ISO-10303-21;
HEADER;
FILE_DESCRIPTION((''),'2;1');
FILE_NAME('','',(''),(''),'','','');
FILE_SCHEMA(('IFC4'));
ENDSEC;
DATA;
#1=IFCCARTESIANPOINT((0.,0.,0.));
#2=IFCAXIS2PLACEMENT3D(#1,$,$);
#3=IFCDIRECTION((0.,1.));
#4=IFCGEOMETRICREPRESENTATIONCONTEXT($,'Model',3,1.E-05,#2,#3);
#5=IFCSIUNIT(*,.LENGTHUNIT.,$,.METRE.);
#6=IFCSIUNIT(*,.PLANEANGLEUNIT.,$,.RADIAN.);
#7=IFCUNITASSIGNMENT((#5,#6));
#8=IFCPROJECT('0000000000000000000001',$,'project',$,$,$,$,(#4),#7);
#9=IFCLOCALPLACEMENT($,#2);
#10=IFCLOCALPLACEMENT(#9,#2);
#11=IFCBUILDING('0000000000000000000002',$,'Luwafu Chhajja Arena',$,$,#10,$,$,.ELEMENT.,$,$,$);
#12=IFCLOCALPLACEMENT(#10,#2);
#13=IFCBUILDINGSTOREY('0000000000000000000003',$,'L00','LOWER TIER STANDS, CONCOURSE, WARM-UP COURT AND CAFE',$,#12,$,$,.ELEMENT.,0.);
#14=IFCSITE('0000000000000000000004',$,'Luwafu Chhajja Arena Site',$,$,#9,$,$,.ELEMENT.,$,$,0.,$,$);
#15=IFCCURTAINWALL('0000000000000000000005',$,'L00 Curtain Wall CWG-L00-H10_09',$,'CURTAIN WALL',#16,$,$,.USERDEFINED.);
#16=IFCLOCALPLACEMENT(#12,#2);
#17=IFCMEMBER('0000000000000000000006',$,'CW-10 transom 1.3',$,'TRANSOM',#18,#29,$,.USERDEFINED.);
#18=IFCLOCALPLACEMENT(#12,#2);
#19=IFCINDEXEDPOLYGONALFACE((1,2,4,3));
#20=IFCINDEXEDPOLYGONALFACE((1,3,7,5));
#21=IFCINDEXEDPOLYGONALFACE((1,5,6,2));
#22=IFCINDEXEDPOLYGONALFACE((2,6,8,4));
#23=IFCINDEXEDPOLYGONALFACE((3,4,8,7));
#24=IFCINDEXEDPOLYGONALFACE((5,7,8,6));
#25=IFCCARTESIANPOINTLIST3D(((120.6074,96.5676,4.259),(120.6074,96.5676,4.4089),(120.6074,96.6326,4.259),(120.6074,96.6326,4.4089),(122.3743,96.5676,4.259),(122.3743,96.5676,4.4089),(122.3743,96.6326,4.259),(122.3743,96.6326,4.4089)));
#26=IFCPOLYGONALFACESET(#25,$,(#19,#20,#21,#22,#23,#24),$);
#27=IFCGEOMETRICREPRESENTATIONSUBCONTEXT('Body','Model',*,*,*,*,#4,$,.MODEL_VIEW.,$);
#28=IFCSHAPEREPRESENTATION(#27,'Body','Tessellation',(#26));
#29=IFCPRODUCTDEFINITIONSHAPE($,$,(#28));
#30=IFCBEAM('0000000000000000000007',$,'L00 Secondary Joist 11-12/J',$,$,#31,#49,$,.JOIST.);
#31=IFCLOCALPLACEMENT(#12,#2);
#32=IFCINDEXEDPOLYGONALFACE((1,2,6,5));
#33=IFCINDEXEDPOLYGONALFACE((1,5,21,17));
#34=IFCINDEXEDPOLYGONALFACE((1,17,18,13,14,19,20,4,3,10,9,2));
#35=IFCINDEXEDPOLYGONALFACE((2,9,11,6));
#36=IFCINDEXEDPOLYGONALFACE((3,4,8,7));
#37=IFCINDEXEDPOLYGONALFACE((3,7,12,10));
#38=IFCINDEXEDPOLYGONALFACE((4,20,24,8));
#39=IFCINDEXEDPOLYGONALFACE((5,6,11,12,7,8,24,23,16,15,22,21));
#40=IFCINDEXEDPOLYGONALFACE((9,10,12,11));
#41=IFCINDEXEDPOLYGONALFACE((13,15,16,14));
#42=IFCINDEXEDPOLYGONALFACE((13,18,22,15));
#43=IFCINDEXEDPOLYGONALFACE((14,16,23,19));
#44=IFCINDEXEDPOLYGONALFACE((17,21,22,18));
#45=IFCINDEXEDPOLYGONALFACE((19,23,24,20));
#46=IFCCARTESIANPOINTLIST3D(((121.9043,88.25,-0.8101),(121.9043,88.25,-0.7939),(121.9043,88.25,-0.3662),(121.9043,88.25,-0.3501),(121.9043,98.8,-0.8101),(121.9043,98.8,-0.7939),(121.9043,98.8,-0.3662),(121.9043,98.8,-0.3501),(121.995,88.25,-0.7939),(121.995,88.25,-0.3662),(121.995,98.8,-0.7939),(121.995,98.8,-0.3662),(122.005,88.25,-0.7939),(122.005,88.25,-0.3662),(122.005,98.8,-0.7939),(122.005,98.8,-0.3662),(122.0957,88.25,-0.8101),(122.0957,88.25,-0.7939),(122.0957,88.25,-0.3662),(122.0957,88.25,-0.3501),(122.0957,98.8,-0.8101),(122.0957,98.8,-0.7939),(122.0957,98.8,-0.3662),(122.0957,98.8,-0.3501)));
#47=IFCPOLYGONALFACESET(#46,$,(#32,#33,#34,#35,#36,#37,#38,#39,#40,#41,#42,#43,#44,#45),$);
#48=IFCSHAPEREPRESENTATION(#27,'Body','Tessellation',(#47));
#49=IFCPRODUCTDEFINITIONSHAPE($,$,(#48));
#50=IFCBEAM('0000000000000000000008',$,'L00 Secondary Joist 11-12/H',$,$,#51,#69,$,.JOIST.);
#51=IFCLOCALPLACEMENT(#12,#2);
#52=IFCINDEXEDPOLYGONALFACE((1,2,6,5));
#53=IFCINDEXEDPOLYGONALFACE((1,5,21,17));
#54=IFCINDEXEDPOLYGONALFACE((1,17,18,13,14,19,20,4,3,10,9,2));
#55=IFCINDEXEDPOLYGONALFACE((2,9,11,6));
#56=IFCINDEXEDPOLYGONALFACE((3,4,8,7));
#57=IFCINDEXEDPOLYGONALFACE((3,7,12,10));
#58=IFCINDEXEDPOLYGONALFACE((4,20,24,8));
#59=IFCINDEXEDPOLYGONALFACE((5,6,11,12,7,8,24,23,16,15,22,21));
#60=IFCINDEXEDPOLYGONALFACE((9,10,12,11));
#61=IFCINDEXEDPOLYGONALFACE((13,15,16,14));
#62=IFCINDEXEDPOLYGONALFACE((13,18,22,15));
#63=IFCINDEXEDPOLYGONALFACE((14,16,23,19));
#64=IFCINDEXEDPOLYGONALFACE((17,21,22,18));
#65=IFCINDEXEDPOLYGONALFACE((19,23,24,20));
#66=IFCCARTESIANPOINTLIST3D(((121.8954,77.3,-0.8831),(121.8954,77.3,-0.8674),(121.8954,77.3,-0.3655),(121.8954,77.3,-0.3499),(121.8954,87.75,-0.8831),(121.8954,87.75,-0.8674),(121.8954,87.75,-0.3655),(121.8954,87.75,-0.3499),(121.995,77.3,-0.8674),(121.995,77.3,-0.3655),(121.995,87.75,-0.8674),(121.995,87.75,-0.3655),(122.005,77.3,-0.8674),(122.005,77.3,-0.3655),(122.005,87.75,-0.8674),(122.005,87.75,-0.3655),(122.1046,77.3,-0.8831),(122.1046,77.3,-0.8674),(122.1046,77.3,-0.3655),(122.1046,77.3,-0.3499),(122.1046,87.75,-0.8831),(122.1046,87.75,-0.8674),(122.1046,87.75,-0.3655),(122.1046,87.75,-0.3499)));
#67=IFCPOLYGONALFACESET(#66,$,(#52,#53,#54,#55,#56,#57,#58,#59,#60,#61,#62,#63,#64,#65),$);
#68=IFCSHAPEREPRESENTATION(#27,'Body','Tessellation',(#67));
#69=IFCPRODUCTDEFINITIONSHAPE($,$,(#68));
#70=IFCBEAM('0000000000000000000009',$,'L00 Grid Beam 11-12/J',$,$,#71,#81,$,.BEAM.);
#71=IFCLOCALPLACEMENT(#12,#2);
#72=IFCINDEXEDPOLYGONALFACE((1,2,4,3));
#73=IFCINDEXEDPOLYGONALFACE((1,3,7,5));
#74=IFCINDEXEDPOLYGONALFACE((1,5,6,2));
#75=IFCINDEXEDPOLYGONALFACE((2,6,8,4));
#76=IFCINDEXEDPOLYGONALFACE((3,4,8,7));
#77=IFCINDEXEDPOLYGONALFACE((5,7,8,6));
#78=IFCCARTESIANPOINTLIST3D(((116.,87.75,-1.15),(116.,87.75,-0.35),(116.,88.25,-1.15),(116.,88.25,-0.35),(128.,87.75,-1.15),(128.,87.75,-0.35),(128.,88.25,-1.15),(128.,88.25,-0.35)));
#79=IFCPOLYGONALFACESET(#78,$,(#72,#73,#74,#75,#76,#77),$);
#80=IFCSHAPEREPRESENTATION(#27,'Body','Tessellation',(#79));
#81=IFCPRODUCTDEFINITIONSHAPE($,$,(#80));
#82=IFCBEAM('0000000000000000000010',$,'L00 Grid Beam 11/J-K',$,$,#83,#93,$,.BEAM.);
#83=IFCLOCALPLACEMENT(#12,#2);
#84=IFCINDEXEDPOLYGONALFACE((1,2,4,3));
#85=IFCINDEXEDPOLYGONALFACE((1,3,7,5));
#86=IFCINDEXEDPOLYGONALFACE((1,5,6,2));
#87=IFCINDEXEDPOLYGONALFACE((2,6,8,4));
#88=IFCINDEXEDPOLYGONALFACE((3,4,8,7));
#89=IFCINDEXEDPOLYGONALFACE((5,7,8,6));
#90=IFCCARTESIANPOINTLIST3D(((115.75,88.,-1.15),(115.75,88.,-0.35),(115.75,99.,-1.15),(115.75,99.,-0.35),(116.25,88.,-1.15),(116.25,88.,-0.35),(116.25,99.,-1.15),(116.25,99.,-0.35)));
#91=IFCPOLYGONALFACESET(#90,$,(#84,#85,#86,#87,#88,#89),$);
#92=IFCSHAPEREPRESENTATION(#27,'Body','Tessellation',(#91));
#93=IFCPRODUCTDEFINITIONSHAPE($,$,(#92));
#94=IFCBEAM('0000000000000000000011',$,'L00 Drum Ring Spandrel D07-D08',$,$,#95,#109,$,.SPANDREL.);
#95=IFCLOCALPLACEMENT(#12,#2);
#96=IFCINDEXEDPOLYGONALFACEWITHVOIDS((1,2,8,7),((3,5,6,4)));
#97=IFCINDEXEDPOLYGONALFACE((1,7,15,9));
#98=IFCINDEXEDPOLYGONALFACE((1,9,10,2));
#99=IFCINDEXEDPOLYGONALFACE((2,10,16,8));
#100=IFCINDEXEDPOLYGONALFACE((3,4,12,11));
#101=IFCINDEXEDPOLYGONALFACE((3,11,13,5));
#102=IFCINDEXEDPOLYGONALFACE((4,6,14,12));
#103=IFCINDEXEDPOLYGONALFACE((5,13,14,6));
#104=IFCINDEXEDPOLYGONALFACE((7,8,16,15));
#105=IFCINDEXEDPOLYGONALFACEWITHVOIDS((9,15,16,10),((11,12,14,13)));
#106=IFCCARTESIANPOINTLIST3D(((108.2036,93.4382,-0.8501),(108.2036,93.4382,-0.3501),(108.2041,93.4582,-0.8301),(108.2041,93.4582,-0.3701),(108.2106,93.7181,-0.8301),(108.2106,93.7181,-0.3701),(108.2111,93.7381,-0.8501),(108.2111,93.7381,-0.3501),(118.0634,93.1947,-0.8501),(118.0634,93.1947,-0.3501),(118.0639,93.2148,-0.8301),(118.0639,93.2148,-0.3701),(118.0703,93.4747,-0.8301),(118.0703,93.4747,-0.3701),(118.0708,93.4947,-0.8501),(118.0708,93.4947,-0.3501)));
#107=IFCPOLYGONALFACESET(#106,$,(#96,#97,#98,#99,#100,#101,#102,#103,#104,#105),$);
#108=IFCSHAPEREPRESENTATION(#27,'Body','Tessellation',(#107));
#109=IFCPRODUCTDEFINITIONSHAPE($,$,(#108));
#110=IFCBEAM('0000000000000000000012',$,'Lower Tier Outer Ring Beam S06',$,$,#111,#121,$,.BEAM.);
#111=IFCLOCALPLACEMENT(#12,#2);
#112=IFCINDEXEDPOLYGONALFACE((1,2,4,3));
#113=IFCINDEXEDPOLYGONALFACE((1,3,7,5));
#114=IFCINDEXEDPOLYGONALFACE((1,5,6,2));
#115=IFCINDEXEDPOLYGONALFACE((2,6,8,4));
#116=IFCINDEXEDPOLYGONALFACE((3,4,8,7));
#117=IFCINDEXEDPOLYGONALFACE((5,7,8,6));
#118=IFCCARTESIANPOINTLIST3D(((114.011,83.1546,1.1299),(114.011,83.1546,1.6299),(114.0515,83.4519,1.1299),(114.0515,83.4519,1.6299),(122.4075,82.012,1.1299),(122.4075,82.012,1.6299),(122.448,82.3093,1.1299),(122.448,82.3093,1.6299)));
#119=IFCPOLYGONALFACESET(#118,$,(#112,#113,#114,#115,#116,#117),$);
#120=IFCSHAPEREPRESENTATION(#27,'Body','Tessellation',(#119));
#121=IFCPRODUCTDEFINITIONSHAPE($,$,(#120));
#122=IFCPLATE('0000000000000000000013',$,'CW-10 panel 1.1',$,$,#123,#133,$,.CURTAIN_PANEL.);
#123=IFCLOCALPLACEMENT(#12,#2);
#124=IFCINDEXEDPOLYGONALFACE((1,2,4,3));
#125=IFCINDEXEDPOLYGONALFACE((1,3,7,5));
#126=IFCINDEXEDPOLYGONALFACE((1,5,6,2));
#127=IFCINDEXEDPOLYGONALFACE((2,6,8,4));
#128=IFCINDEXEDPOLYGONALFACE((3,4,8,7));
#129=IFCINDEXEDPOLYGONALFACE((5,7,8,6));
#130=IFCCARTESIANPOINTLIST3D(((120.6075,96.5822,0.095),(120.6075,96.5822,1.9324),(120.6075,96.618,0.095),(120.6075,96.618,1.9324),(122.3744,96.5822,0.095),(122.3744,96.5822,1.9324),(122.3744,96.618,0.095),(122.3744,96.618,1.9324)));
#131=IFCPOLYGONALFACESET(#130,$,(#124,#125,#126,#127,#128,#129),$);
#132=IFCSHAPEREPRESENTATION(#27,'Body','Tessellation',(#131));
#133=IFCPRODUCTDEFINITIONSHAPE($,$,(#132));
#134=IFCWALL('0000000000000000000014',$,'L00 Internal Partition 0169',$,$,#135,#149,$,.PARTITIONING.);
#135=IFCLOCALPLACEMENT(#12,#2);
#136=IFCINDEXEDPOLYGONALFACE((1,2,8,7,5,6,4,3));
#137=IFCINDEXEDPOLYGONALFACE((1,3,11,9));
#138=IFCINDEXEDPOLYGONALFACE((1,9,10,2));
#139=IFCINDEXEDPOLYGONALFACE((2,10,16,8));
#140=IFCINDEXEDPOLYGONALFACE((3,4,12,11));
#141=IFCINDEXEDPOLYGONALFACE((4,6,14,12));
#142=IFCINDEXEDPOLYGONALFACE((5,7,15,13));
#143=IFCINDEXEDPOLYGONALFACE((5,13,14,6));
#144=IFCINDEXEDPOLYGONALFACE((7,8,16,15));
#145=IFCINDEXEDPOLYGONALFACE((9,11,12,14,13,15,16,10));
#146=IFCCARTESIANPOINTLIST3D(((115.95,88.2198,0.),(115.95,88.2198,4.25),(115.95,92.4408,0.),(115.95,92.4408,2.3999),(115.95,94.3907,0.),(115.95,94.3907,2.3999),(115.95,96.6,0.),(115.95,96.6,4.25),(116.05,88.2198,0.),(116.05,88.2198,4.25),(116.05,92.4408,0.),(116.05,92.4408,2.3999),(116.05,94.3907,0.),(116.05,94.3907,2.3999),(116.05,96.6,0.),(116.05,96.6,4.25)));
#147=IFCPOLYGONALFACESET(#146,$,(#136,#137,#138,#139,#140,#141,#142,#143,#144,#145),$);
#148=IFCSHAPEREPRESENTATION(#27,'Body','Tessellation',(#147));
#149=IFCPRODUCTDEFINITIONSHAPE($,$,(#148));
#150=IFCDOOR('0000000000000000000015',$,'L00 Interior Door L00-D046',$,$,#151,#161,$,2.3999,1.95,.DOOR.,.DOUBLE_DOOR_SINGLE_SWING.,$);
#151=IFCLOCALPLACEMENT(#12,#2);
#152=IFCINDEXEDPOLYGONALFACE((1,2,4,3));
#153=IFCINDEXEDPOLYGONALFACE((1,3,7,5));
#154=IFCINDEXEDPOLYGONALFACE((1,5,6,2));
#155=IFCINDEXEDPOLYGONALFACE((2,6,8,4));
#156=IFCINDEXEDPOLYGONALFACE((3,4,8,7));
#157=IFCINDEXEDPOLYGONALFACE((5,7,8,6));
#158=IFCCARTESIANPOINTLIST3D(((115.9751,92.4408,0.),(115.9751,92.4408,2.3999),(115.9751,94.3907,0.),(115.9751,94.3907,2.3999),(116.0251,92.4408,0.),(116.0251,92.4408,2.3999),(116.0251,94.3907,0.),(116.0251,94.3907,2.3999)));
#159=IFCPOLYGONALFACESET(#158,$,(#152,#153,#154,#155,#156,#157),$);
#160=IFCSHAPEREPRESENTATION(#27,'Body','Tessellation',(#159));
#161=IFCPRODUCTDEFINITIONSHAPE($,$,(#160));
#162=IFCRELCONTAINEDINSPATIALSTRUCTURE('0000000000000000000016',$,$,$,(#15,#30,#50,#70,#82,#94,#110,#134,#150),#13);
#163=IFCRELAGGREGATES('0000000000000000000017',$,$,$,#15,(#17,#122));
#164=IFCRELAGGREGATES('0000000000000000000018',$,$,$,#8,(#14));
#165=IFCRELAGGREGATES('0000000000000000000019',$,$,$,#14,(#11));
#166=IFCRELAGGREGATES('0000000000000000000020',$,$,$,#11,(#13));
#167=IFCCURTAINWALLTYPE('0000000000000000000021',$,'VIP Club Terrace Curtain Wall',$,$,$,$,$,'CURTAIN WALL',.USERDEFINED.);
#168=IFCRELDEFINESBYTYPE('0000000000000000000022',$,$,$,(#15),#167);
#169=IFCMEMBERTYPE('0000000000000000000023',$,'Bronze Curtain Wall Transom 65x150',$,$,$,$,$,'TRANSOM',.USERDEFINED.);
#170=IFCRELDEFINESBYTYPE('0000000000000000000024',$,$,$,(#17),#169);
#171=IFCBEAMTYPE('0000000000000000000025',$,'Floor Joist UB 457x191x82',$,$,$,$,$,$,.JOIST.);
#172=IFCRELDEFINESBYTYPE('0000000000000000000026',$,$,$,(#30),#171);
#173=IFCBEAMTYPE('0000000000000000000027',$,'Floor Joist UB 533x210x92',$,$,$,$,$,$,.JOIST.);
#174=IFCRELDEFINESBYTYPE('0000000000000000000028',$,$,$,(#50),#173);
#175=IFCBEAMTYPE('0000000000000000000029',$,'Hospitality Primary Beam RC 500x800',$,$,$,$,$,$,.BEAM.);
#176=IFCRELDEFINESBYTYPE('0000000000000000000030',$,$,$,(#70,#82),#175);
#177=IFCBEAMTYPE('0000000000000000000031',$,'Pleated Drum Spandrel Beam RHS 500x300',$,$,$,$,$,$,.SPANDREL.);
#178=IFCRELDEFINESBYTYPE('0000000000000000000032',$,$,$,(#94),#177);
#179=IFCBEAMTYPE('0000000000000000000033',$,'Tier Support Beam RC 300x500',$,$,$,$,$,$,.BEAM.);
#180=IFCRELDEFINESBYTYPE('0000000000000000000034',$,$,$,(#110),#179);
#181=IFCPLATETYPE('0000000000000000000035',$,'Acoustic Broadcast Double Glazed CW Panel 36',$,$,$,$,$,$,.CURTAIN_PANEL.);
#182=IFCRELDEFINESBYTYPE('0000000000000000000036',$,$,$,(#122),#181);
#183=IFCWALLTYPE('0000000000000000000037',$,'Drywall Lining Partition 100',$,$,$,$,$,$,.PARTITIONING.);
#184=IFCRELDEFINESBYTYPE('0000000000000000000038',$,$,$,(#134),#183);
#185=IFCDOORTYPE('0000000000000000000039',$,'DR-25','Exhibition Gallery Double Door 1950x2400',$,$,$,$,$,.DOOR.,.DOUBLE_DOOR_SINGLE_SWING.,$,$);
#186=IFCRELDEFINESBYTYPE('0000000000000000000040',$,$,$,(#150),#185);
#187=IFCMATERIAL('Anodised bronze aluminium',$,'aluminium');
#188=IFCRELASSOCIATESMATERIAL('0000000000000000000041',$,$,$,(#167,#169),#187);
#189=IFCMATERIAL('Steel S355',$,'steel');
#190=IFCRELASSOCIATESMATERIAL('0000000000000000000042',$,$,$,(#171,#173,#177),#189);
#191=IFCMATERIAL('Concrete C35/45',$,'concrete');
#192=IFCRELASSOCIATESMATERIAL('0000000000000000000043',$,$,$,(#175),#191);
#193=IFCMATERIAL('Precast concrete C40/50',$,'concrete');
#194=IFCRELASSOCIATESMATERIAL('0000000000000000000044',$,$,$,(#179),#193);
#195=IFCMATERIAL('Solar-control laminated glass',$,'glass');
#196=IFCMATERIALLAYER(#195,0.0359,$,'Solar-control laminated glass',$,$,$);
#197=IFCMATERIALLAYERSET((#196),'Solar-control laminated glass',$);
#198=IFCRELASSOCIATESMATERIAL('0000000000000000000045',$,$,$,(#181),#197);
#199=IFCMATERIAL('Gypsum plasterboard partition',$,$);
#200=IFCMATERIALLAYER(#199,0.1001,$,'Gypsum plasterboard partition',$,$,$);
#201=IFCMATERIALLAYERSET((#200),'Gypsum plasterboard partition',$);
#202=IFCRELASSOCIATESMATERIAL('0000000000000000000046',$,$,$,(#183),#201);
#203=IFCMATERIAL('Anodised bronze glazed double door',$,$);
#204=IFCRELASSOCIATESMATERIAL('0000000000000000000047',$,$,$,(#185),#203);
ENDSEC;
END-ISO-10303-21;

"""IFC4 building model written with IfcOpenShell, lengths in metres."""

from ifc_helpers import new_model, si_unit, direction, frame, frame_2d, origin, origin_2d, place, context, subcontext, project, spatial, rectangle, hollow_rectangle, i_section, extrude, material, layer, layer_set, material_profile, profile_set, type_object, element, fill, aggregate, save


model = new_model("IFC4")

# Units and contexts
model_context = context("Model", 3, precision=1e-05, world=origin(), true_north=direction((0.0, 1.0)))
body_context = subcontext(model_context, "Body", "Model", "MODEL_VIEW")
ifc_project = project(units=[si_unit("LENGTHUNIT", "METRE"), si_unit("PLANEANGLEUNIT", "RADIAN")], contexts=[model_context])

# Site, building, storey
site_placement = place(None, origin())
site = spatial("IfcSite", under=ifc_project, at=site_placement, Name="Luwafu Chhajja Arena Site", CompositionType="ELEMENT", RefElevation=0.0)
building_placement = place(site_placement, origin())
building = spatial("IfcBuilding", under=site, at=building_placement, Name="Luwafu Chhajja Arena", CompositionType="ELEMENT")
storey_placement = place(building_placement, origin())
storey = spatial("IfcBuildingStorey", under=building, at=storey_placement, Name="L00", Description="LOWER TIER STANDS, CONCOURSE, WARM-UP COURT AND CAFE", CompositionType="ELEMENT", Elevation=0.0)

# Shared definitions
ifc_material_1 = material(Name="Concrete C35/45", Category="concrete")
ifc_material_2 = material(Name="Steel S355", Category="steel")

# Shared definitions
ifc_material_3 = material(Name="Precast concrete C40/50", Category="concrete")

# Curtain wall, member
ifc_material_4 = material(Name="Anodised bronze aluminium", Category="aluminium")
curtain_wall_type = type_object("IfcCurtainWallType", Name="VIP Club Terrace Curtain Wall", ElementType="CURTAIN WALL", PredefinedType="USERDEFINED", material=ifc_material_4)
curtain_wall_placement = place(storey_placement, origin())
curtain_wall = element("IfcCurtainWall", 1, at=curtain_wall_placement, inside=storey, type_object=curtain_wall_type, Name="L00 Curtain Wall CWG-L00-H10_09", ObjectType="CURTAIN WALL", PredefinedType="USERDEFINED")
ifc_material_profile_1 = material_profile(ifc_material_4, rectangle(XDim=0.0649, YDim=0.1499, at=origin_2d()), Name="CWT 65x150")
ifc_profile_set_1 = profile_set([ifc_material_profile_1], Name="Anodised bronze aluminium")
member_type_1 = type_object("IfcMemberType", Name="Bronze Curtain Wall Transom 65x150", ElementType="TRANSOM", PredefinedType="USERDEFINED", material=ifc_profile_set_1)
member_1_placement = place(storey_placement, frame((120.6074, 96.6001, 4.334), z_axis=(1.0, 0.0, 0.0), x_axis=(0.0, 1.0, 0.0)))
member_1 = element("IfcMember", 2, at=member_1_placement, type_object=member_type_1, Name="CW-10 transom 1.3", ObjectType="TRANSOM", PredefinedType="USERDEFINED", context=body_context, shape_type="SweptSolid", body=[
    extrude(rectangle(XDim=0.0649, YDim=0.1499, at=origin_2d()), origin(), (0.0, 0.0, 1.0), 1.7668),
])

# Beams
ifc_material_profile_2 = material_profile(ifc_material_2, i_section(OverallWidth=0.1914, OverallDepth=0.46, WebThickness=0.01, FlangeThickness=0.0161, at=origin_2d()), Name="UB 457x191x82")
ifc_profile_set_2 = profile_set([ifc_material_profile_2], Name="Steel S355")
beam_type_1 = type_object("IfcBeamType", Name="Floor Joist UB 457x191x82", PredefinedType="JOIST", material=ifc_profile_set_2)
beam_1_placement = place(storey_placement, frame((122.0, 88.25, -0.5801), z_axis=(0.0, 1.0, 0.0), x_axis=(-1.0, 0.0, 0.0)))
element("IfcBeam", 3, at=beam_1_placement, inside=storey, type_object=beam_type_1, Name="L00 Secondary Joist 11-12/J", PredefinedType="JOIST", context=body_context, shape_type="SweptSolid", body=[
    extrude(i_section(OverallWidth=0.1914, OverallDepth=0.46, WebThickness=0.01, FlangeThickness=0.0161, at=origin_2d()), origin(), (0.0, 0.0, 1.0), 10.55),
])
ifc_material_profile_3 = material_profile(ifc_material_2, i_section(OverallWidth=0.2092, OverallDepth=0.5332, WebThickness=0.01, FlangeThickness=0.0156, at=origin_2d()), Name="UB 533x210x92")
ifc_profile_set_3 = profile_set([ifc_material_profile_3], Name="Steel S355")
beam_type_2 = type_object("IfcBeamType", Name="Floor Joist UB 533x210x92", PredefinedType="JOIST", material=ifc_profile_set_3)
beam_2_placement = place(storey_placement, frame((122.0, 77.3, -0.6165), z_axis=(0.0, 1.0, 0.0), x_axis=(-1.0, 0.0, 0.0)))
element("IfcBeam", 4, at=beam_2_placement, inside=storey, type_object=beam_type_2, Name="L00 Secondary Joist 11-12/H", PredefinedType="JOIST", context=body_context, shape_type="SweptSolid", body=[
    extrude(i_section(OverallWidth=0.2092, OverallDepth=0.5332, WebThickness=0.01, FlangeThickness=0.0156, at=origin_2d()), origin(), (0.0, 0.0, 1.0), 10.45),
])
ifc_material_profile_4 = material_profile(ifc_material_1, rectangle(XDim=0.5, YDim=0.8, at=origin_2d()), Name="RC 500x800")
ifc_profile_set_4 = profile_set([ifc_material_profile_4], Name="Concrete C35/45")
beam_type_3 = type_object("IfcBeamType", Name="Hospitality Primary Beam RC 500x800", PredefinedType="BEAM", material=ifc_profile_set_4)
beam_3_placement = place(storey_placement, frame((116.0, 88.0, -0.75), z_axis=(1.0, 0.0, 0.0), x_axis=(0.0, 1.0, 0.0)))
element("IfcBeam", 5, at=beam_3_placement, inside=storey, type_object=beam_type_3, Name="L00 Grid Beam 11-12/J", PredefinedType="BEAM", context=body_context, shape_type="SweptSolid", body=[
    extrude(rectangle(XDim=0.5, YDim=0.8, at=origin_2d()), origin(), (0.0, 0.0, 1.0), 12.0),
])
beam_4_placement = place(storey_placement, frame((116.0, 88.0, -0.75), z_axis=(0.0, 1.0, 0.0), x_axis=(-1.0, 0.0, 0.0)))
element("IfcBeam", 6, at=beam_4_placement, inside=storey, type_object=beam_type_3, Name="L00 Grid Beam 11/J-K", PredefinedType="BEAM", context=body_context, shape_type="SweptSolid", body=[
    extrude(rectangle(XDim=0.5, YDim=0.8, at=origin_2d()), origin(), (0.0, 0.0, 1.0), 11.0),
])
ifc_material_profile_5 = material_profile(ifc_material_2, hollow_rectangle(XDim=0.3, YDim=0.5, WallThickness=0.02, at=origin_2d()), Name="RHS 500x300x20")
ifc_profile_set_5 = profile_set([ifc_material_profile_5], Name="Steel S355")
beam_type_4 = type_object("IfcBeamType", Name="Pleated Drum Spandrel Beam RHS 500x300", PredefinedType="SPANDREL", material=ifc_profile_set_5)
beam_5_placement = place(storey_placement, frame((118.0671, 93.3447, -0.6001), z_axis=(-0.999695, 0.024679, 0.0), x_axis=(-0.024679, -0.999695, 0.0)))
element("IfcBeam", 7, at=beam_5_placement, inside=storey, type_object=beam_type_4, Name="L00 Drum Ring Spandrel D07-D08", PredefinedType="SPANDREL", context=body_context, shape_type="SweptSolid", body=[
    extrude(hollow_rectangle(XDim=0.3, YDim=0.5, WallThickness=0.02, at=origin_2d()), origin(), (0.0, 0.0, 1.0), 9.8628),
])
ifc_material_profile_6 = material_profile(ifc_material_3, rectangle(XDim=0.3, YDim=0.5, at=origin_2d()), Name="RC 300x500")
ifc_profile_set_6 = profile_set([ifc_material_profile_6], Name="Precast concrete C40/50")
beam_type_5 = type_object("IfcBeamType", Name="Tier Support Beam RC 300x500", PredefinedType="BEAM", material=ifc_profile_set_6)
beam_6_placement = place(storey_placement, frame((122.4277, 82.1606, 1.3799), z_axis=(-0.990868, 0.134835, 0.0), x_axis=(-0.134835, -0.990868, 0.0)))
element("IfcBeam", 8, at=beam_6_placement, inside=storey, type_object=beam_type_5, Name="Lower Tier Outer Ring Beam S06", PredefinedType="BEAM", context=body_context, shape_type="SweptSolid", body=[
    extrude(rectangle(XDim=0.3, YDim=0.5, at=origin_2d()), origin(), (0.0, 0.0, 1.0), 8.4739),
])

# Plate
ifc_material_5 = material(Name="Solar-control laminated glass", Category="glass")
ifc_layer_1 = layer(ifc_material_5, 0.0359, Name="Solar-control laminated glass")
ifc_layer_set_1 = layer_set([ifc_layer_1], Name="Solar-control laminated glass")
plate_type = type_object("IfcPlateType", Name="Acoustic Broadcast Double Glazed CW Panel 36", PredefinedType="CURTAIN_PANEL", material=ifc_layer_set_1)
plate_placement = place(storey_placement, frame((121.491, 96.6001, 0.095), z_axis=(0.0, 0.0, 1.0), x_axis=(1.0, 0.0, 0.0)))
plate = element("IfcPlate", 9, at=plate_placement, type_object=plate_type, Name="CW-10 panel 1.1", PredefinedType="CURTAIN_PANEL", context=body_context, shape_type="SweptSolid", body=[
    extrude(rectangle(XDim=1.7668, YDim=0.0359, at=origin_2d()), origin(), (0.0, 0.0, 1.0), 1.8374),
])
aggregate(curtain_wall, [member_1, plate])

# Wall, opening, door
ifc_material_6 = material(Name="Gypsum plasterboard partition")
ifc_layer_2 = layer(ifc_material_6, 0.1001, Name="Gypsum plasterboard partition")
ifc_layer_set_2 = layer_set([ifc_layer_2], Name="Gypsum plasterboard partition")
wall_type = type_object("IfcWallType", Name="Drywall Lining Partition 100", PredefinedType="PARTITIONING", material=ifc_layer_set_2)
wall_1_placement = place(storey_placement, frame((116.0, 88.22, 0.0), z_axis=(0.0, 0.0, 1.0), x_axis=(0.0, 1.0, 0.0)))
wall_1 = element("IfcWall", 10, at=wall_1_placement, inside=storey, type_object=wall_type, Name="L00 Internal Partition 0169", PredefinedType="PARTITIONING", context=body_context, shape_type="SweptSolid", body=[
    extrude(rectangle(XDim=8.3801, YDim=0.1001, at=frame_2d((4.1899, 0.0))), origin(), (0.0, 0.0, 1.0), 4.25),
])
opening_placement = place(wall_1_placement, frame((4.2207, 0.0, 0.0)))
opening = element("IfcOpeningElement", 11, at=opening_placement, cuts=wall_1, PredefinedType="OPENING", context=body_context, shape_type="SweptSolid", body=[
    extrude(rectangle(XDim=1.95, YDim=2.3999, at=frame_2d((0.9751, 1.2))), frame((0.0, 0.0601, 0.0), z_axis=(0.0, -1.0, 0.0), x_axis=(1.0, 0.0, 0.0)), (0.0, 0.0, 1.0), 0.1201),
])
ifc_material_7 = material(Name="Anodised bronze glazed double door")
door_type = type_object("IfcDoorType", Name="DR-25", Description="Exhibition Gallery Double Door 1950x2400", OperationType="DOUBLE_DOOR_SINGLE_SWING", PredefinedType="DOOR", material=ifc_material_7)
door_placement = place(opening_placement, origin())
door = element("IfcDoor", 12, at=door_placement, inside=storey, type_object=door_type, Name="L00 Interior Door L00-D046", OperationType="DOUBLE_DOOR_SINGLE_SWING", OverallHeight=2.3999, OverallWidth=1.95, PredefinedType="DOOR", context=body_context, shape_type="SweptSolid", body=[
    extrude(rectangle(XDim=1.95, YDim=2.3999, at=frame_2d((0.9751, 1.2))), frame((0.0, 0.0249, 0.0), z_axis=(0.0, -1.0, 0.0), x_axis=(1.0, 0.0, 0.0)), (0.0, 0.0, 1.0), 0.05),
])
fill(opening, door)

save(model, "model.ifc")
